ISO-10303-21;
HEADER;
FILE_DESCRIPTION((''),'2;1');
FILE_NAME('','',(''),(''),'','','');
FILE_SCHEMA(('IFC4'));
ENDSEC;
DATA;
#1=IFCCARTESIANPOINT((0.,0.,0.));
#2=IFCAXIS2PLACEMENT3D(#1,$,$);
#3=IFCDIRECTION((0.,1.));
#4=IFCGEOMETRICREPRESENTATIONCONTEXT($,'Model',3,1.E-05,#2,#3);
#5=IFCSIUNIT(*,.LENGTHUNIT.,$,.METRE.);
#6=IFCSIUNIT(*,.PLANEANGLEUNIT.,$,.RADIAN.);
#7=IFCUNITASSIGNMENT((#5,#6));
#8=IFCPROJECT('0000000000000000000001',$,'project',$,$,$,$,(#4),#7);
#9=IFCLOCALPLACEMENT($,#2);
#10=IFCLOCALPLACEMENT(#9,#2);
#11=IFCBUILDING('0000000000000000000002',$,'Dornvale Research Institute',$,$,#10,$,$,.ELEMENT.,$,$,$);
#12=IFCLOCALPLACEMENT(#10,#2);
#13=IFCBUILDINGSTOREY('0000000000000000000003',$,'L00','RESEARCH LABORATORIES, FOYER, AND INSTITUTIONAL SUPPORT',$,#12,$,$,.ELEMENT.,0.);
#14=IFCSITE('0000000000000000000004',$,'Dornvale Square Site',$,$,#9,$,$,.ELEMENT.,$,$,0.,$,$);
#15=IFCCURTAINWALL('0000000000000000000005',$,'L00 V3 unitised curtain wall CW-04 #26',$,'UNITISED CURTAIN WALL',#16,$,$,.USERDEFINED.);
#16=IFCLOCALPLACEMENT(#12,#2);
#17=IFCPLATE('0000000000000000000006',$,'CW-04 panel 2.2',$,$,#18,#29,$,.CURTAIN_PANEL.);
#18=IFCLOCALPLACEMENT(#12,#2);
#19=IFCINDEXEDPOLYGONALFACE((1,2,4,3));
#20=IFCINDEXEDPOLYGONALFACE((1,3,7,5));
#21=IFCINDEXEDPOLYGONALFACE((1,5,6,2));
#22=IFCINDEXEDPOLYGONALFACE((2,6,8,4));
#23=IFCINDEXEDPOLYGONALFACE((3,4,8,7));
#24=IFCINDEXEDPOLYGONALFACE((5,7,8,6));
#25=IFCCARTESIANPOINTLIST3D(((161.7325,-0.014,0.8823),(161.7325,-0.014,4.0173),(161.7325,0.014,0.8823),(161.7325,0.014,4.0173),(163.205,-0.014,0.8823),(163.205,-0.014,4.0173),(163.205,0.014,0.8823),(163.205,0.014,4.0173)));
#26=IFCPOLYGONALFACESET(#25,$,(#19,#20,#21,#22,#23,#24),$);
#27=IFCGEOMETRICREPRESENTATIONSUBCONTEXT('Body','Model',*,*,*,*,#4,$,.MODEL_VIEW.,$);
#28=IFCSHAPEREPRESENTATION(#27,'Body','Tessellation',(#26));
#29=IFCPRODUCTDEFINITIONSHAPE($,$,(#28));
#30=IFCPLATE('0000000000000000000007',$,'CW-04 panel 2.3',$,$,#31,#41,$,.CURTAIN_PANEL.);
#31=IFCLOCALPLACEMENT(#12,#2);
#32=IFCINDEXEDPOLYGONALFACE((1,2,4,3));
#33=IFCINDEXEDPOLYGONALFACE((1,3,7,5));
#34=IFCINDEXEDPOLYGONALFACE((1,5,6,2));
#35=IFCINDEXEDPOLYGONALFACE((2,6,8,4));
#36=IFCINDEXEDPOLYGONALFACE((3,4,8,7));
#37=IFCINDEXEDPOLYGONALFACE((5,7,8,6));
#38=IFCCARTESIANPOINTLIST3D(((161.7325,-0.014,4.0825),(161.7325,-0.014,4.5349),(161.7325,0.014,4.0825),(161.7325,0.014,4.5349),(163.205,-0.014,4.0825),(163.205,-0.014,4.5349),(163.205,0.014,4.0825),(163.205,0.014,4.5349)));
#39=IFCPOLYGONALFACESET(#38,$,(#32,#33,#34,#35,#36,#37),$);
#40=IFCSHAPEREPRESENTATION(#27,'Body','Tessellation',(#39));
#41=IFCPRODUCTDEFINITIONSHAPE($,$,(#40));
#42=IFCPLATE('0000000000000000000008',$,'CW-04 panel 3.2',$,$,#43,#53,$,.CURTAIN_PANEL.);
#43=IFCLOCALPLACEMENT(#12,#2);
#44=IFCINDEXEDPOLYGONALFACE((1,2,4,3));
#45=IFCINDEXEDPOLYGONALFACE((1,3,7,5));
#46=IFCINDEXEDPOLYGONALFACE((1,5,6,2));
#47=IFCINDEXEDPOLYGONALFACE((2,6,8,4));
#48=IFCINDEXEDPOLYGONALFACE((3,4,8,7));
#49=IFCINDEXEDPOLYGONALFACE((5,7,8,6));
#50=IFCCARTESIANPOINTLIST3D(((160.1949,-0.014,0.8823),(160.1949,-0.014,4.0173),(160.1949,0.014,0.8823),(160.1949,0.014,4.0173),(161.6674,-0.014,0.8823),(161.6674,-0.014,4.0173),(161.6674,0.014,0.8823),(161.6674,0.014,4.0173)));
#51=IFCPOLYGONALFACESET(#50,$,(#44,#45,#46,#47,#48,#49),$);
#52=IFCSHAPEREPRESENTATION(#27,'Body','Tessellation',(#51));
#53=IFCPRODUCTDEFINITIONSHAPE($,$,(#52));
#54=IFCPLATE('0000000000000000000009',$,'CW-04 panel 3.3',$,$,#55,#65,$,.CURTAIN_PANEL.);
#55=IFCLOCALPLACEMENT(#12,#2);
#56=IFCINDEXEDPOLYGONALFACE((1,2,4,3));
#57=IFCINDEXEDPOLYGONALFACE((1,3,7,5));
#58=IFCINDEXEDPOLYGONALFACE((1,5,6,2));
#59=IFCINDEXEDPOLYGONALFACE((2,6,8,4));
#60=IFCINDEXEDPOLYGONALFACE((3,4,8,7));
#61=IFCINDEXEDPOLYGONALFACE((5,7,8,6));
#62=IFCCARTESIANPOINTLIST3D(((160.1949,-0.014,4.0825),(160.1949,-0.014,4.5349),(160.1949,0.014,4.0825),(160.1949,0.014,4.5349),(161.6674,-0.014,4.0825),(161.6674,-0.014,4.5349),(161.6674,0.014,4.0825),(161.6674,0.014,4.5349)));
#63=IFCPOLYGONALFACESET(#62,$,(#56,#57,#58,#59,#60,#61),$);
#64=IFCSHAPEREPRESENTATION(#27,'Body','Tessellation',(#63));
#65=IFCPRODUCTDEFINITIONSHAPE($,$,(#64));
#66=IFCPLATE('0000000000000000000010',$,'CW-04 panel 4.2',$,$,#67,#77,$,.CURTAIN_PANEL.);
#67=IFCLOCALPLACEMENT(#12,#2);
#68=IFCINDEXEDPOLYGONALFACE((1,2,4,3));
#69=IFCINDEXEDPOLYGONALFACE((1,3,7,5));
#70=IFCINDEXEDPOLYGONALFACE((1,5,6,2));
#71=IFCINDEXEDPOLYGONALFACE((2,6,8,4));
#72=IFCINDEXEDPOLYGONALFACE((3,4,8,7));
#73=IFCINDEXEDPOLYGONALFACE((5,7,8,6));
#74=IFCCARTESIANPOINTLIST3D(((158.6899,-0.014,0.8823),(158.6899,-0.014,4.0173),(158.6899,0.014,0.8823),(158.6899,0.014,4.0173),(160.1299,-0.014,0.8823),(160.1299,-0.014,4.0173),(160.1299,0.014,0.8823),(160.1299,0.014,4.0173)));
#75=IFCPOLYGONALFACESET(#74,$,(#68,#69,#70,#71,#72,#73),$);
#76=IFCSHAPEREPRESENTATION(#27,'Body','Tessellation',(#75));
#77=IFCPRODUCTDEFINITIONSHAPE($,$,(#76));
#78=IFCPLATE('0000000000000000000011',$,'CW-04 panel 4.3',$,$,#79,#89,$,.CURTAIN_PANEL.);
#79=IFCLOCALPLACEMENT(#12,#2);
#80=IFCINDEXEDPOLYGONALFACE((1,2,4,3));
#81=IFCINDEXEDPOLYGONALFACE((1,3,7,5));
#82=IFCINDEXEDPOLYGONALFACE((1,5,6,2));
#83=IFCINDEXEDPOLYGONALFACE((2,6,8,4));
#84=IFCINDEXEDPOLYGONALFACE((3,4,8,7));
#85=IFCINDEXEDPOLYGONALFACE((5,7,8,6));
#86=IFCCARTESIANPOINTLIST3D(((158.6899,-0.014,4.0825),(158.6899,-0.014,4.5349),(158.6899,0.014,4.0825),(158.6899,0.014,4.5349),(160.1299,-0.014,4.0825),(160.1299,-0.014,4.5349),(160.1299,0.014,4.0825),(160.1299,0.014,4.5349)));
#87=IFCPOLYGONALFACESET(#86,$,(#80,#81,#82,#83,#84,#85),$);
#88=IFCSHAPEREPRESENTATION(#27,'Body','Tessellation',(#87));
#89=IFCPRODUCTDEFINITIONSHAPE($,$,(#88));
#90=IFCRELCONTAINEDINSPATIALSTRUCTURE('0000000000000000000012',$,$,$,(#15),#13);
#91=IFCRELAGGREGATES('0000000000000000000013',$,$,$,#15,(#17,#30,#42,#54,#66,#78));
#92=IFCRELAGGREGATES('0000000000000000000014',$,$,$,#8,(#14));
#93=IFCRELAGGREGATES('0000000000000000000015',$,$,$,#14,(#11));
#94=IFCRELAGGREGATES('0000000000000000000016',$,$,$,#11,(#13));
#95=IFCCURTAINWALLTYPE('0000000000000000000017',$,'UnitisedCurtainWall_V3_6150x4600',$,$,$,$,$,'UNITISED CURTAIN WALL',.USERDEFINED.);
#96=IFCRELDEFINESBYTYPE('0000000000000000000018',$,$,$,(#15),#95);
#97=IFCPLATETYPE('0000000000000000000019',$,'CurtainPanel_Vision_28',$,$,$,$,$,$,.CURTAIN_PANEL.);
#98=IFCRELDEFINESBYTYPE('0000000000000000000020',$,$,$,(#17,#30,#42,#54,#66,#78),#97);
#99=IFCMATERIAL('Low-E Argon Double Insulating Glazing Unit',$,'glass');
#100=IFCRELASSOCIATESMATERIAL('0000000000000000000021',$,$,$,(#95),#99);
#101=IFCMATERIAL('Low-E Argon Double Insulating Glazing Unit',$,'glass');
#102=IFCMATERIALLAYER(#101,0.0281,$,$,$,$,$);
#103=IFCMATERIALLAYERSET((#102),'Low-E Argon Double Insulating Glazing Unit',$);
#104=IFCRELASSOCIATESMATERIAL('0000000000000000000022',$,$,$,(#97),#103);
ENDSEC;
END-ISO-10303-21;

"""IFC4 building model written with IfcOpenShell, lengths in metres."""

from ifc_helpers import new_model, si_unit, direction, frame, origin, origin_2d, place, context, subcontext, project, spatial, rectangle, extrude, material, layer, layer_set, type_object, element, aggregate, save


model = new_model("IFC4")

# Units and contexts
model_context = context("Model", 3, precision=1e-05, world=origin(), true_north=direction((0.0, 1.0)))
body_context = subcontext(model_context, "Body", "Model", "MODEL_VIEW")
ifc_project = project(units=[si_unit("LENGTHUNIT", "METRE"), si_unit("PLANEANGLEUNIT", "RADIAN")], contexts=[model_context])

# Site, building, storey
site_placement = place(None, origin())
site = spatial("IfcSite", under=ifc_project, at=site_placement, Name="Dornvale Square Site", CompositionType="ELEMENT", RefElevation=0.0)
building_placement = place(site_placement, origin())
building = spatial("IfcBuilding", under=site, at=building_placement, Name="Dornvale Research Institute", CompositionType="ELEMENT")
storey_placement = place(building_placement, origin())
storey = spatial("IfcBuildingStorey", under=building, at=storey_placement, Name="L00", Description="RESEARCH LABORATORIES, FOYER, AND INSTITUTIONAL SUPPORT", CompositionType="ELEMENT", Elevation=0.0)

# Curtain wall, plates
ifc_material_1 = material(Name="Low-E Argon Double Insulating Glazing Unit", Category="glass")
curtain_wall_type = type_object("IfcCurtainWallType", Name="UnitisedCurtainWall_V3_6150x4600", ElementType="UNITISED CURTAIN WALL", PredefinedType="USERDEFINED", material=ifc_material_1)
curtain_wall_placement = place(storey_placement, origin())
curtain_wall = element("IfcCurtainWall", 1, at=curtain_wall_placement, inside=storey, type_object=curtain_wall_type, Name="L00 V3 unitised curtain wall CW-04 #26", ObjectType="UNITISED CURTAIN WALL", PredefinedType="USERDEFINED")
ifc_material_2 = material(Name="Low-E Argon Double Insulating Glazing Unit", Category="glass")
ifc_layer_1 = layer(ifc_material_2, 0.0281)
ifc_layer_set_1 = layer_set([ifc_layer_1], Name="Low-E Argon Double Insulating Glazing Unit")
plate_type_1 = type_object("IfcPlateType", Name="CurtainPanel_Vision_28", PredefinedType="CURTAIN_PANEL", material=ifc_layer_set_1)
plate_1_placement = place(storey_placement, frame((162.4688, 0.0, 0.8823), z_axis=(0.0, 0.0, 1.0), x_axis=(-1.0, 0.0, 0.0)))
plate_1 = element("IfcPlate", 2, at=plate_1_placement, type_object=plate_type_1, Name="CW-04 panel 2.2", PredefinedType="CURTAIN_PANEL", context=body_context, shape_type="SweptSolid", body=[
    extrude(rectangle(XDim=1.4724, YDim=0.0281, at=origin_2d()), origin(), (0.0, 0.0, 1.0), 3.135),
])
plate_2_placement = place(storey_placement, frame((162.4688, 0.0, 4.0825), z_axis=(0.0, 0.0, 1.0), x_axis=(-1.0, 0.0, 0.0)))
plate_2 = element("IfcPlate", 3, at=plate_2_placement, type_object=plate_type_1, Name="CW-04 panel 2.3", PredefinedType="CURTAIN_PANEL", context=body_context, shape_type="SweptSolid", body=[
    extrude(rectangle(XDim=1.4724, YDim=0.0281, at=origin_2d()), origin(), (0.0, 0.0, 1.0), 0.4524),
])
plate_3_placement = place(storey_placement, frame((160.9312, 0.0, 0.8823), z_axis=(0.0, 0.0, 1.0), x_axis=(-1.0, 0.0, 0.0)))
plate_3 = element("IfcPlate", 4, at=plate_3_placement, type_object=plate_type_1, Name="CW-04 panel 3.2", PredefinedType="CURTAIN_PANEL", context=body_context, shape_type="SweptSolid", body=[
    extrude(rectangle(XDim=1.4724, YDim=0.0281, at=origin_2d()), origin(), (0.0, 0.0, 1.0), 3.135),
])
plate_4_placement = place(storey_placement, frame((160.9312, 0.0, 4.0825), z_axis=(0.0, 0.0, 1.0), x_axis=(-1.0, 0.0, 0.0)))
plate_4 = element("IfcPlate", 5, at=plate_4_placement, type_object=plate_type_1, Name="CW-04 panel 3.3", PredefinedType="CURTAIN_PANEL", context=body_context, shape_type="SweptSolid", body=[
    extrude(rectangle(XDim=1.4724, YDim=0.0281, at=origin_2d()), origin(), (0.0, 0.0, 1.0), 0.4524),
])
plate_5_placement = place(storey_placement, frame((159.4099, 0.0, 0.8823), z_axis=(0.0, 0.0, 1.0), x_axis=(-1.0, 0.0, 0.0)))
plate_5 = element("IfcPlate", 6, at=plate_5_placement, type_object=plate_type_1, Name="CW-04 panel 4.2", PredefinedType="CURTAIN_PANEL", context=body_context, shape_type="SweptSolid", body=[
    extrude(rectangle(XDim=1.4399, YDim=0.0281, at=origin_2d()), origin(), (0.0, 0.0, 1.0), 3.135),
])
plate_6_placement = place(storey_placement, frame((159.4099, 0.0, 4.0825), z_axis=(0.0, 0.0, 1.0), x_axis=(-1.0, 0.0, 0.0)))
plate_6 = element("IfcPlate", 7, at=plate_6_placement, type_object=plate_type_1, Name="CW-04 panel 4.3", PredefinedType="CURTAIN_PANEL", context=body_context, shape_type="SweptSolid", body=[
    extrude(rectangle(XDim=1.4399, YDim=0.0281, at=origin_2d()), origin(), (0.0, 0.0, 1.0), 0.4524),
])
aggregate(curtain_wall, [plate_1, plate_2, plate_3, plate_4, plate_5, plate_6])

save(model, "model.ifc")
